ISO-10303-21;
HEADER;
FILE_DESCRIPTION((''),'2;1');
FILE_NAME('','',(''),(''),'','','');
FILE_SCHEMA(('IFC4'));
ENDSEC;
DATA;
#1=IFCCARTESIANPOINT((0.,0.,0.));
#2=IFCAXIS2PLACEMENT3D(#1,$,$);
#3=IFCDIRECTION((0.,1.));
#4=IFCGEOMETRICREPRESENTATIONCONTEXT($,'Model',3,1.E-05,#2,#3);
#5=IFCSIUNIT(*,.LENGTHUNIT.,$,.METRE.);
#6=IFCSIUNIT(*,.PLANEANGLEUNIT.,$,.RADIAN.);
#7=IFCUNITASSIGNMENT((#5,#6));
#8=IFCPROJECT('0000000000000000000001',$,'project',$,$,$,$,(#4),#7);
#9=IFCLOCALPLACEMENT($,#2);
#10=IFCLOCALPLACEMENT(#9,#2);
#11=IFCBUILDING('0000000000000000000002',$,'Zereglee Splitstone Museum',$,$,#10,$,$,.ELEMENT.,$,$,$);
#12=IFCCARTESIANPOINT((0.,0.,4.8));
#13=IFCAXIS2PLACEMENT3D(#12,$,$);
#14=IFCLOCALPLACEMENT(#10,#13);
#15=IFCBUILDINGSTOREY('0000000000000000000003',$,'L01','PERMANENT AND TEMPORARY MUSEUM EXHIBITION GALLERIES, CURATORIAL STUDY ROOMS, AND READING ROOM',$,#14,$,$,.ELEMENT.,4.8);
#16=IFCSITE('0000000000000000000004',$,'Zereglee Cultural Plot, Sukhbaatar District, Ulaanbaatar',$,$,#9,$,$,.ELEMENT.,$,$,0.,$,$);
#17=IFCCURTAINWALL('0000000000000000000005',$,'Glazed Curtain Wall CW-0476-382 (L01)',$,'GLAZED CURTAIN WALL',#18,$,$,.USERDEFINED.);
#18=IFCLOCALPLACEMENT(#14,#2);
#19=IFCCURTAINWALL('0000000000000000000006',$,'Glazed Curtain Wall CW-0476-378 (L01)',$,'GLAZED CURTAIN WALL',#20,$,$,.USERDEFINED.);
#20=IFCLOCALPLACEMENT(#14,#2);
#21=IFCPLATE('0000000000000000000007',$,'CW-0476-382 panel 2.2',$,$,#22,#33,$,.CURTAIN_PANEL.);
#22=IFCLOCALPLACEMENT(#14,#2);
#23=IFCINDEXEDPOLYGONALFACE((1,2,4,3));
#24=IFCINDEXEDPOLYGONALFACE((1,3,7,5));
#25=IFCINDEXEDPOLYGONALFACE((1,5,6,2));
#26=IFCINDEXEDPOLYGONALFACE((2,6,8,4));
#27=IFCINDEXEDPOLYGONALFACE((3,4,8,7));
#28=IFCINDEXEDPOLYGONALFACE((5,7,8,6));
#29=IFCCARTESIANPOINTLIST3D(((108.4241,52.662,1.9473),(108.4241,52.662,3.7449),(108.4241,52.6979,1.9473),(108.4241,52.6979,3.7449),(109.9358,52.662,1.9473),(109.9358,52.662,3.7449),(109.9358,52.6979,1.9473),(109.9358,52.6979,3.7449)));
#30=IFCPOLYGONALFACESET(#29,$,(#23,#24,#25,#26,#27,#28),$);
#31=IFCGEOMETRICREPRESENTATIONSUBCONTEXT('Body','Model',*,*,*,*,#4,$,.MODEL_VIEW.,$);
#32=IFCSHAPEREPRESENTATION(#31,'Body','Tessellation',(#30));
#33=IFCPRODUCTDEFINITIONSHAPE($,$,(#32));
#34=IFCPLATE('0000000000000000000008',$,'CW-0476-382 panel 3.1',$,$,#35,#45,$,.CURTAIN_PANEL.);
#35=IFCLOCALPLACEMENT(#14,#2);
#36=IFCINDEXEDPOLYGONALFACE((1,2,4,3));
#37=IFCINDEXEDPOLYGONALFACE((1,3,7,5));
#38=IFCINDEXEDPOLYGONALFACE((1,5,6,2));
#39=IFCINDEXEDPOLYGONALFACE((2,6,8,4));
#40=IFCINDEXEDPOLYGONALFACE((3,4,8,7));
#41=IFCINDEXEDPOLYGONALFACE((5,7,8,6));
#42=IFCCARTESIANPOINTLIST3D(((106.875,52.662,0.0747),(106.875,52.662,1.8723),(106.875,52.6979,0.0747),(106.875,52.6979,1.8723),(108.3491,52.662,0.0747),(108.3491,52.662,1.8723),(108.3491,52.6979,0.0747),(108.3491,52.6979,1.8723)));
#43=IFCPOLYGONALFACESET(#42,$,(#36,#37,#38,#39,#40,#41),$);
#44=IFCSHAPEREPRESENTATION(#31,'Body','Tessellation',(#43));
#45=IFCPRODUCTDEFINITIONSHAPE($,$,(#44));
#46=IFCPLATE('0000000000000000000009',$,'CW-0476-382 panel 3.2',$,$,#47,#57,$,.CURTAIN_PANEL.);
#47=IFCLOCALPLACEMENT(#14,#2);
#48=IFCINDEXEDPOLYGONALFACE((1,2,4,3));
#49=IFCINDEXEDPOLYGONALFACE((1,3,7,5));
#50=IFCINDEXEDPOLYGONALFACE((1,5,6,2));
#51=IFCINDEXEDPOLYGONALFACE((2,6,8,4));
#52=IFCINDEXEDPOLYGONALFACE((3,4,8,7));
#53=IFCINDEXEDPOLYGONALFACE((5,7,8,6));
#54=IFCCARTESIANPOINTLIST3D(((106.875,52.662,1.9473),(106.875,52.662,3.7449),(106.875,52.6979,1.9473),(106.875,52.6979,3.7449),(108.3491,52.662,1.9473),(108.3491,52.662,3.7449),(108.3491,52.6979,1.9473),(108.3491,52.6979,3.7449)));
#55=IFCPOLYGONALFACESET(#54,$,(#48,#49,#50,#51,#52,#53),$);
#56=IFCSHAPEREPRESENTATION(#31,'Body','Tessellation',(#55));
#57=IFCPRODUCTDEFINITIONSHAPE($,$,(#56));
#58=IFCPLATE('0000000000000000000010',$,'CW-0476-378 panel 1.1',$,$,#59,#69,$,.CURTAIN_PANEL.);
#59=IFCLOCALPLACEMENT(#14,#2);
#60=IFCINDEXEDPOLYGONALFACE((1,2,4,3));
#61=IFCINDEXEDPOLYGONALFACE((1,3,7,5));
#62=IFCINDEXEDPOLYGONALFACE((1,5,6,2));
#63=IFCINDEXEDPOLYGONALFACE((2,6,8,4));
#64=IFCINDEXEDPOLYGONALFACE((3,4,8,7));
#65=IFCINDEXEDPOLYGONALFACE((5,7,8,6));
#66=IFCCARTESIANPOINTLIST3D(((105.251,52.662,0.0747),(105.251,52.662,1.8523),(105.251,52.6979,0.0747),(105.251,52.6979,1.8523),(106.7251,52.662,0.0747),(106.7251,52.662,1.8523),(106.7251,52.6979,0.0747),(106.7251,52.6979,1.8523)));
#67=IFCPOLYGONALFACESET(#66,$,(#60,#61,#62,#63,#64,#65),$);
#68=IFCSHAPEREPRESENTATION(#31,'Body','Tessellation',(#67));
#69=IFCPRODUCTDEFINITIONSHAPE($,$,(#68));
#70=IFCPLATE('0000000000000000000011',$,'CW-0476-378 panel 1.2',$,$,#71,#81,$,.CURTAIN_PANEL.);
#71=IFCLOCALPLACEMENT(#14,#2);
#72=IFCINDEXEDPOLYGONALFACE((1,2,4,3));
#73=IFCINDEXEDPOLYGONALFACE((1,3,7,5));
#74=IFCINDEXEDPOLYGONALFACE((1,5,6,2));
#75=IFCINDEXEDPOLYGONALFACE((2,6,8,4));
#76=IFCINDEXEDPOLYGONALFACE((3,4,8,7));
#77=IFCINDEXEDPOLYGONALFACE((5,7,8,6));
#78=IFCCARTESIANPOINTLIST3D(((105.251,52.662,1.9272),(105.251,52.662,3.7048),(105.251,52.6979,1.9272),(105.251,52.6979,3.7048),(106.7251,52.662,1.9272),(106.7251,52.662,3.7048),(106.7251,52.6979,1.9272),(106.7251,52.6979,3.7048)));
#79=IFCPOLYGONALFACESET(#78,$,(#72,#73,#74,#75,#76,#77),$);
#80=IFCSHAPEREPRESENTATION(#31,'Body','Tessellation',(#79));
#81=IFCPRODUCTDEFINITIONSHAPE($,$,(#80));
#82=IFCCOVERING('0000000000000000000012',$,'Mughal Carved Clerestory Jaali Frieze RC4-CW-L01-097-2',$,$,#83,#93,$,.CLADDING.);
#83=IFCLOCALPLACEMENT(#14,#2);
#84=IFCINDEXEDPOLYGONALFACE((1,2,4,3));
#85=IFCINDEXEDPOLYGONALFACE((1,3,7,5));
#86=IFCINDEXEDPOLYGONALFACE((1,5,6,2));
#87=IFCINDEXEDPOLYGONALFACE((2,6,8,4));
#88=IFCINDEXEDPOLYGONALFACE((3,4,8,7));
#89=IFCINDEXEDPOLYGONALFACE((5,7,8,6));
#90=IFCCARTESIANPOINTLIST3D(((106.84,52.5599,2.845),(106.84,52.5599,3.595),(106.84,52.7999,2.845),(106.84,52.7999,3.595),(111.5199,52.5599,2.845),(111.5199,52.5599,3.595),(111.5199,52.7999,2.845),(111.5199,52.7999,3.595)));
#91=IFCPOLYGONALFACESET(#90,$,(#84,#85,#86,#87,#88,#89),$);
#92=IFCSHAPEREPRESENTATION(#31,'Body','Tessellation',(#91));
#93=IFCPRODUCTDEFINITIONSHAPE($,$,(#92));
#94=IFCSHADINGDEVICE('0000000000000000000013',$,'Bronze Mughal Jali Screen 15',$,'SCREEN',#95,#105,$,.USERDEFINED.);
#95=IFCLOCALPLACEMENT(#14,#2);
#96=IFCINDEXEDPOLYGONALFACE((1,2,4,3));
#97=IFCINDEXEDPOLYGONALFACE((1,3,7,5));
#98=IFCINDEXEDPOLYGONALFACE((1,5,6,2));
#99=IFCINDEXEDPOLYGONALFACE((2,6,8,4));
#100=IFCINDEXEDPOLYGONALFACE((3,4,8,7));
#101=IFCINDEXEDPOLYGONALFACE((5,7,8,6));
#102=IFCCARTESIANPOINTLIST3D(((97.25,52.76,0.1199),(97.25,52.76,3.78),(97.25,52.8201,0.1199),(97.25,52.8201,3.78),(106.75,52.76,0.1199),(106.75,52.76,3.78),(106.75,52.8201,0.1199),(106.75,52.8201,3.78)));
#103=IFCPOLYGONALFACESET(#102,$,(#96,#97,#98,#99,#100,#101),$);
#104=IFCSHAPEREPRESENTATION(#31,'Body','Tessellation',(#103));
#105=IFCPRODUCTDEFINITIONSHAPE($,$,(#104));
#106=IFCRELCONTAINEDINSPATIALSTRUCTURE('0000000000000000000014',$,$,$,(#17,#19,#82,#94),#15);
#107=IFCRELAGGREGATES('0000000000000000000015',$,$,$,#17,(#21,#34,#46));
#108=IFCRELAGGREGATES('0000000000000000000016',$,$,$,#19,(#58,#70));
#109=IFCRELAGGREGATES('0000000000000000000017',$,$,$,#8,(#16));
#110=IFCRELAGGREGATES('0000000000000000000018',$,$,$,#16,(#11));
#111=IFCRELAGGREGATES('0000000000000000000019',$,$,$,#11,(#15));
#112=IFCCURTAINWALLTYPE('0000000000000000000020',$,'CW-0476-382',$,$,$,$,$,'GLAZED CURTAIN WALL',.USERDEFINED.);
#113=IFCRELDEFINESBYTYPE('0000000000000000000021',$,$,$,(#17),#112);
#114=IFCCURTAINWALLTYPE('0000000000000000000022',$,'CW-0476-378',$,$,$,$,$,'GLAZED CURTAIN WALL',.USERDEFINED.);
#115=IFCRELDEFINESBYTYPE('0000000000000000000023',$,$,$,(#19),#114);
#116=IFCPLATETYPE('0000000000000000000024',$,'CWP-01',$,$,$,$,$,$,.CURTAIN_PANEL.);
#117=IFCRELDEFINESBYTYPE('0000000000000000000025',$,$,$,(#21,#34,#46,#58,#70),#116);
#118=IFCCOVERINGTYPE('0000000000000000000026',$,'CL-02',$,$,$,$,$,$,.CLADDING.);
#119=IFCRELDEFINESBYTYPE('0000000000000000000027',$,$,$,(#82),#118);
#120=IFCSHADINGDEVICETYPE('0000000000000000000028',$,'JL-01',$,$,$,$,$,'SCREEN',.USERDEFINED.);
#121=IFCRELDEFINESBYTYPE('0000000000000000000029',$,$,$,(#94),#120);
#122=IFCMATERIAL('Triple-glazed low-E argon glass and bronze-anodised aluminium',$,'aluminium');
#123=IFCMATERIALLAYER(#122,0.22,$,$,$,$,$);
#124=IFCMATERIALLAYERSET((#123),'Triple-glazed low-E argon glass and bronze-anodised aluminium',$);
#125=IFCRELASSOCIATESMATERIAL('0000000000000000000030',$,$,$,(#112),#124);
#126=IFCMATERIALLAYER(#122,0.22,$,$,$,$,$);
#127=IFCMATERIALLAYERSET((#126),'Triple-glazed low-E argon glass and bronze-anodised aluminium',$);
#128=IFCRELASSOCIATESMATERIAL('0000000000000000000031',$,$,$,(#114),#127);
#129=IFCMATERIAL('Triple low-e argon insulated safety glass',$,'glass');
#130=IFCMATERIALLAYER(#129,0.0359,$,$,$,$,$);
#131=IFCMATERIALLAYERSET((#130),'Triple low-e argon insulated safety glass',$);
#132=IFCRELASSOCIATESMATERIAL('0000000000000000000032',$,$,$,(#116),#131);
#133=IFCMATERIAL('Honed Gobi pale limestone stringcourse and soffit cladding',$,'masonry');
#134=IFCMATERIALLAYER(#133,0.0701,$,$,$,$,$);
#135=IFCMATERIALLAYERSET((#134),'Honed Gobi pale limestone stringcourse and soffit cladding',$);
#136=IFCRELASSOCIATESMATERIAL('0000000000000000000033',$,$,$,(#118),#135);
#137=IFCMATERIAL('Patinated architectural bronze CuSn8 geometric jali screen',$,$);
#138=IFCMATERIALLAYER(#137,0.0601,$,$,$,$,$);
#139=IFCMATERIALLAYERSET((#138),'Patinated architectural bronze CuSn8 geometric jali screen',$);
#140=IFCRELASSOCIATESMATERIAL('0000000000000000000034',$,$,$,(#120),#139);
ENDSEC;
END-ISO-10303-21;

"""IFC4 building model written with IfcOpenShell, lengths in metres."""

from ifc_helpers import new_model, si_unit, direction, frame, origin, origin_2d, place, context, subcontext, project, spatial, polyline, rectangle, outline, extrude, material, layer, layer_set, type_object, element, aggregate, save


model = new_model("IFC4")

# Units and contexts
model_context = context("Model", 3, precision=1e-05, world=origin(), true_north=direction((0.0, 1.0)))
body_context = subcontext(model_context, "Body", "Model", "MODEL_VIEW")
ifc_project = project(units=[si_unit("LENGTHUNIT", "METRE"), si_unit("PLANEANGLEUNIT", "RADIAN")], contexts=[model_context])

# Site, building, storey
site_placement = place(None, origin())
site = spatial("IfcSite", under=ifc_project, at=site_placement, Name="Zereglee Cultural Plot, Sukhbaatar District, Ulaanbaatar", CompositionType="ELEMENT", RefElevation=0.0)
building_placement = place(site_placement, origin())
building = spatial("IfcBuilding", under=site, at=building_placement, Name="Zereglee Splitstone Museum", CompositionType="ELEMENT")
storey_placement = place(building_placement, frame((0.0, 0.0, 4.8)))
storey = spatial("IfcBuildingStorey", under=building, at=storey_placement, Name="L01", Description="PERMANENT AND TEMPORARY MUSEUM EXHIBITION GALLERIES, CURATORIAL STUDY ROOMS, AND READING ROOM", CompositionType="ELEMENT", Elevation=4.8)

# Shared definitions
ifc_material_1 = material(Name="Triple-glazed low-E argon glass and bronze-anodised aluminium", Category="aluminium")

# Curtain walls
ifc_layer_1 = layer(ifc_material_1, 0.22)
ifc_layer_set_1 = layer_set([ifc_layer_1], Name="Triple-glazed low-E argon glass and bronze-anodised aluminium")
curtain_wall_type_1 = type_object("IfcCurtainWallType", Name="CW-0476-382", ElementType="GLAZED CURTAIN WALL", PredefinedType="USERDEFINED", material=ifc_layer_set_1)
curtain_wall_1_placement = place(storey_placement, origin())
curtain_wall_1 = element("IfcCurtainWall", 1, at=curtain_wall_1_placement, inside=storey, type_object=curtain_wall_type_1, Name="Glazed Curtain Wall CW-0476-382 (L01)", ObjectType="GLAZED CURTAIN WALL", PredefinedType="USERDEFINED")
ifc_layer_2 = layer(ifc_material_1, 0.22)
ifc_layer_set_2 = layer_set([ifc_layer_2], Name="Triple-glazed low-E argon glass and bronze-anodised aluminium")
curtain_wall_type_2 = type_object("IfcCurtainWallType", Name="CW-0476-378", ElementType="GLAZED CURTAIN WALL", PredefinedType="USERDEFINED", material=ifc_layer_set_2)
curtain_wall_2_placement = place(storey_placement, origin())
curtain_wall_2 = element("IfcCurtainWall", 2, at=curtain_wall_2_placement, inside=storey, type_object=curtain_wall_type_2, Name="Glazed Curtain Wall CW-0476-378 (L01)", ObjectType="GLAZED CURTAIN WALL", PredefinedType="USERDEFINED")

# Plates
ifc_material_2 = material(Name="Triple low-e argon insulated safety glass", Category="glass")
ifc_layer_3 = layer(ifc_material_2, 0.0359)
ifc_layer_set_3 = layer_set([ifc_layer_3], Name="Triple low-e argon insulated safety glass")
plate_type = type_object("IfcPlateType", Name="CWP-01", PredefinedType="CURTAIN_PANEL", material=ifc_layer_set_3)
plate_1_placement = place(storey_placement, frame((109.1799, 52.6799, 1.9473), z_axis=(0.0, 0.0, 1.0), x_axis=(-1.0, 0.0, 0.0)))
plate_1 = element("IfcPlate", 3, at=plate_1_placement, type_object=plate_type, Name="CW-0476-382 panel 2.2", PredefinedType="CURTAIN_PANEL", context=body_context, shape_type="SweptSolid", body=[
    extrude(rectangle(XDim=1.5117, YDim=0.0359, at=origin_2d()), origin(), (0.0, 0.0, 1.0), 1.7976),
])
plate_2_placement = place(storey_placement, frame((107.6121, 52.6799, 0.0747), z_axis=(0.0, 0.0, 1.0), x_axis=(-1.0, 0.0, 0.0)))
plate_2 = element("IfcPlate", 4, at=plate_2_placement, type_object=plate_type, Name="CW-0476-382 panel 3.1", PredefinedType="CURTAIN_PANEL", context=body_context, shape_type="SweptSolid", body=[
    extrude(rectangle(XDim=1.4741, YDim=0.0359, at=origin_2d()), origin(), (0.0, 0.0, 1.0), 1.7976),
])
plate_3_placement = place(storey_placement, frame((107.6121, 52.6799, 1.9473), z_axis=(0.0, 0.0, 1.0), x_axis=(-1.0, 0.0, 0.0)))
plate_3 = element("IfcPlate", 5, at=plate_3_placement, type_object=plate_type, Name="CW-0476-382 panel 3.2", PredefinedType="CURTAIN_PANEL", context=body_context, shape_type="SweptSolid", body=[
    extrude(rectangle(XDim=1.4741, YDim=0.0359, at=origin_2d()), origin(), (0.0, 0.0, 1.0), 1.7976),
])
aggregate(curtain_wall_1, [plate_1, plate_2, plate_3])
plate_4_placement = place(storey_placement, frame((105.988, 52.6799, 0.0747), z_axis=(0.0, 0.0, 1.0), x_axis=(-1.0, 0.0, 0.0)))
plate_4 = element("IfcPlate", 6, at=plate_4_placement, type_object=plate_type, Name="CW-0476-378 panel 1.1", PredefinedType="CURTAIN_PANEL", context=body_context, shape_type="SweptSolid", body=[
    extrude(rectangle(XDim=1.4741, YDim=0.0359, at=origin_2d()), origin(), (0.0, 0.0, 1.0), 1.7776),
])
plate_5_placement = place(storey_placement, frame((105.988, 52.6799, 1.9272), z_axis=(0.0, 0.0, 1.0), x_axis=(-1.0, 0.0, 0.0)))
plate_5 = element("IfcPlate", 7, at=plate_5_placement, type_object=plate_type, Name="CW-0476-378 panel 1.2", PredefinedType="CURTAIN_PANEL", context=body_context, shape_type="SweptSolid", body=[
    extrude(rectangle(XDim=1.4741, YDim=0.0359, at=origin_2d()), origin(), (0.0, 0.0, 1.0), 1.7776),
])
aggregate(curtain_wall_2, [plate_4, plate_5])

# Covering
ifc_material_3 = material(Name="Honed Gobi pale limestone stringcourse and soffit cladding", Category="masonry")
ifc_layer_4 = layer(ifc_material_3, 0.0701)
ifc_layer_set_4 = layer_set([ifc_layer_4], Name="Honed Gobi pale limestone stringcourse and soffit cladding")
covering_type = type_object("IfcCoveringType", Name="CL-02", PredefinedType="CLADDING", material=ifc_layer_set_4)
covering_placement = place(storey_placement, frame((109.1799, 52.6799, 2.845), z_axis=(0.0, 0.0, 1.0), x_axis=(-1.0, 0.0, 0.0)))
element("IfcCovering", 8, at=covering_placement, inside=storey, type_object=covering_type, Name="Mughal Carved Clerestory Jaali Frieze RC4-CW-L01-097-2", PredefinedType="CLADDING", context=body_context, shape_type="SweptSolid", body=[
    extrude(rectangle(XDim=4.6799, YDim=0.24, at=origin_2d()), origin(), (0.0, 0.0, 1.0), 0.75),
])

# Shading device
ifc_material_4 = material(Name="Patinated architectural bronze CuSn8 geometric jali screen")
ifc_layer_5 = layer(ifc_material_4, 0.0601)
ifc_layer_set_5 = layer_set([ifc_layer_5], Name="Patinated architectural bronze CuSn8 geometric jali screen")
shading_device_type = type_object("IfcShadingDeviceType", Name="JL-01", ElementType="SCREEN", PredefinedType="USERDEFINED", material=ifc_layer_set_5)
shading_device_placement = place(storey_placement, frame((106.75, 52.76, 0.1199), z_axis=(0.0, 1.0, 0.0), x_axis=(-1.0, 0.0, 0.0)))
element("IfcShadingDevice", 9, at=shading_device_placement, inside=storey, type_object=shading_device_type, Name="Bronze Mughal Jali Screen 15", ObjectType="SCREEN", PredefinedType="USERDEFINED", context=body_context, shape_type="SweptSolid", body=[
    extrude(outline(polyline([(0.0, 0.0), (9.5, 0.0), (9.5, 3.6602), (0.0, 3.6602), (0.0, 0.0)])), origin(), (0.0, 0.0, 1.0), 0.0601),
])

save(model, "model.ifc")
